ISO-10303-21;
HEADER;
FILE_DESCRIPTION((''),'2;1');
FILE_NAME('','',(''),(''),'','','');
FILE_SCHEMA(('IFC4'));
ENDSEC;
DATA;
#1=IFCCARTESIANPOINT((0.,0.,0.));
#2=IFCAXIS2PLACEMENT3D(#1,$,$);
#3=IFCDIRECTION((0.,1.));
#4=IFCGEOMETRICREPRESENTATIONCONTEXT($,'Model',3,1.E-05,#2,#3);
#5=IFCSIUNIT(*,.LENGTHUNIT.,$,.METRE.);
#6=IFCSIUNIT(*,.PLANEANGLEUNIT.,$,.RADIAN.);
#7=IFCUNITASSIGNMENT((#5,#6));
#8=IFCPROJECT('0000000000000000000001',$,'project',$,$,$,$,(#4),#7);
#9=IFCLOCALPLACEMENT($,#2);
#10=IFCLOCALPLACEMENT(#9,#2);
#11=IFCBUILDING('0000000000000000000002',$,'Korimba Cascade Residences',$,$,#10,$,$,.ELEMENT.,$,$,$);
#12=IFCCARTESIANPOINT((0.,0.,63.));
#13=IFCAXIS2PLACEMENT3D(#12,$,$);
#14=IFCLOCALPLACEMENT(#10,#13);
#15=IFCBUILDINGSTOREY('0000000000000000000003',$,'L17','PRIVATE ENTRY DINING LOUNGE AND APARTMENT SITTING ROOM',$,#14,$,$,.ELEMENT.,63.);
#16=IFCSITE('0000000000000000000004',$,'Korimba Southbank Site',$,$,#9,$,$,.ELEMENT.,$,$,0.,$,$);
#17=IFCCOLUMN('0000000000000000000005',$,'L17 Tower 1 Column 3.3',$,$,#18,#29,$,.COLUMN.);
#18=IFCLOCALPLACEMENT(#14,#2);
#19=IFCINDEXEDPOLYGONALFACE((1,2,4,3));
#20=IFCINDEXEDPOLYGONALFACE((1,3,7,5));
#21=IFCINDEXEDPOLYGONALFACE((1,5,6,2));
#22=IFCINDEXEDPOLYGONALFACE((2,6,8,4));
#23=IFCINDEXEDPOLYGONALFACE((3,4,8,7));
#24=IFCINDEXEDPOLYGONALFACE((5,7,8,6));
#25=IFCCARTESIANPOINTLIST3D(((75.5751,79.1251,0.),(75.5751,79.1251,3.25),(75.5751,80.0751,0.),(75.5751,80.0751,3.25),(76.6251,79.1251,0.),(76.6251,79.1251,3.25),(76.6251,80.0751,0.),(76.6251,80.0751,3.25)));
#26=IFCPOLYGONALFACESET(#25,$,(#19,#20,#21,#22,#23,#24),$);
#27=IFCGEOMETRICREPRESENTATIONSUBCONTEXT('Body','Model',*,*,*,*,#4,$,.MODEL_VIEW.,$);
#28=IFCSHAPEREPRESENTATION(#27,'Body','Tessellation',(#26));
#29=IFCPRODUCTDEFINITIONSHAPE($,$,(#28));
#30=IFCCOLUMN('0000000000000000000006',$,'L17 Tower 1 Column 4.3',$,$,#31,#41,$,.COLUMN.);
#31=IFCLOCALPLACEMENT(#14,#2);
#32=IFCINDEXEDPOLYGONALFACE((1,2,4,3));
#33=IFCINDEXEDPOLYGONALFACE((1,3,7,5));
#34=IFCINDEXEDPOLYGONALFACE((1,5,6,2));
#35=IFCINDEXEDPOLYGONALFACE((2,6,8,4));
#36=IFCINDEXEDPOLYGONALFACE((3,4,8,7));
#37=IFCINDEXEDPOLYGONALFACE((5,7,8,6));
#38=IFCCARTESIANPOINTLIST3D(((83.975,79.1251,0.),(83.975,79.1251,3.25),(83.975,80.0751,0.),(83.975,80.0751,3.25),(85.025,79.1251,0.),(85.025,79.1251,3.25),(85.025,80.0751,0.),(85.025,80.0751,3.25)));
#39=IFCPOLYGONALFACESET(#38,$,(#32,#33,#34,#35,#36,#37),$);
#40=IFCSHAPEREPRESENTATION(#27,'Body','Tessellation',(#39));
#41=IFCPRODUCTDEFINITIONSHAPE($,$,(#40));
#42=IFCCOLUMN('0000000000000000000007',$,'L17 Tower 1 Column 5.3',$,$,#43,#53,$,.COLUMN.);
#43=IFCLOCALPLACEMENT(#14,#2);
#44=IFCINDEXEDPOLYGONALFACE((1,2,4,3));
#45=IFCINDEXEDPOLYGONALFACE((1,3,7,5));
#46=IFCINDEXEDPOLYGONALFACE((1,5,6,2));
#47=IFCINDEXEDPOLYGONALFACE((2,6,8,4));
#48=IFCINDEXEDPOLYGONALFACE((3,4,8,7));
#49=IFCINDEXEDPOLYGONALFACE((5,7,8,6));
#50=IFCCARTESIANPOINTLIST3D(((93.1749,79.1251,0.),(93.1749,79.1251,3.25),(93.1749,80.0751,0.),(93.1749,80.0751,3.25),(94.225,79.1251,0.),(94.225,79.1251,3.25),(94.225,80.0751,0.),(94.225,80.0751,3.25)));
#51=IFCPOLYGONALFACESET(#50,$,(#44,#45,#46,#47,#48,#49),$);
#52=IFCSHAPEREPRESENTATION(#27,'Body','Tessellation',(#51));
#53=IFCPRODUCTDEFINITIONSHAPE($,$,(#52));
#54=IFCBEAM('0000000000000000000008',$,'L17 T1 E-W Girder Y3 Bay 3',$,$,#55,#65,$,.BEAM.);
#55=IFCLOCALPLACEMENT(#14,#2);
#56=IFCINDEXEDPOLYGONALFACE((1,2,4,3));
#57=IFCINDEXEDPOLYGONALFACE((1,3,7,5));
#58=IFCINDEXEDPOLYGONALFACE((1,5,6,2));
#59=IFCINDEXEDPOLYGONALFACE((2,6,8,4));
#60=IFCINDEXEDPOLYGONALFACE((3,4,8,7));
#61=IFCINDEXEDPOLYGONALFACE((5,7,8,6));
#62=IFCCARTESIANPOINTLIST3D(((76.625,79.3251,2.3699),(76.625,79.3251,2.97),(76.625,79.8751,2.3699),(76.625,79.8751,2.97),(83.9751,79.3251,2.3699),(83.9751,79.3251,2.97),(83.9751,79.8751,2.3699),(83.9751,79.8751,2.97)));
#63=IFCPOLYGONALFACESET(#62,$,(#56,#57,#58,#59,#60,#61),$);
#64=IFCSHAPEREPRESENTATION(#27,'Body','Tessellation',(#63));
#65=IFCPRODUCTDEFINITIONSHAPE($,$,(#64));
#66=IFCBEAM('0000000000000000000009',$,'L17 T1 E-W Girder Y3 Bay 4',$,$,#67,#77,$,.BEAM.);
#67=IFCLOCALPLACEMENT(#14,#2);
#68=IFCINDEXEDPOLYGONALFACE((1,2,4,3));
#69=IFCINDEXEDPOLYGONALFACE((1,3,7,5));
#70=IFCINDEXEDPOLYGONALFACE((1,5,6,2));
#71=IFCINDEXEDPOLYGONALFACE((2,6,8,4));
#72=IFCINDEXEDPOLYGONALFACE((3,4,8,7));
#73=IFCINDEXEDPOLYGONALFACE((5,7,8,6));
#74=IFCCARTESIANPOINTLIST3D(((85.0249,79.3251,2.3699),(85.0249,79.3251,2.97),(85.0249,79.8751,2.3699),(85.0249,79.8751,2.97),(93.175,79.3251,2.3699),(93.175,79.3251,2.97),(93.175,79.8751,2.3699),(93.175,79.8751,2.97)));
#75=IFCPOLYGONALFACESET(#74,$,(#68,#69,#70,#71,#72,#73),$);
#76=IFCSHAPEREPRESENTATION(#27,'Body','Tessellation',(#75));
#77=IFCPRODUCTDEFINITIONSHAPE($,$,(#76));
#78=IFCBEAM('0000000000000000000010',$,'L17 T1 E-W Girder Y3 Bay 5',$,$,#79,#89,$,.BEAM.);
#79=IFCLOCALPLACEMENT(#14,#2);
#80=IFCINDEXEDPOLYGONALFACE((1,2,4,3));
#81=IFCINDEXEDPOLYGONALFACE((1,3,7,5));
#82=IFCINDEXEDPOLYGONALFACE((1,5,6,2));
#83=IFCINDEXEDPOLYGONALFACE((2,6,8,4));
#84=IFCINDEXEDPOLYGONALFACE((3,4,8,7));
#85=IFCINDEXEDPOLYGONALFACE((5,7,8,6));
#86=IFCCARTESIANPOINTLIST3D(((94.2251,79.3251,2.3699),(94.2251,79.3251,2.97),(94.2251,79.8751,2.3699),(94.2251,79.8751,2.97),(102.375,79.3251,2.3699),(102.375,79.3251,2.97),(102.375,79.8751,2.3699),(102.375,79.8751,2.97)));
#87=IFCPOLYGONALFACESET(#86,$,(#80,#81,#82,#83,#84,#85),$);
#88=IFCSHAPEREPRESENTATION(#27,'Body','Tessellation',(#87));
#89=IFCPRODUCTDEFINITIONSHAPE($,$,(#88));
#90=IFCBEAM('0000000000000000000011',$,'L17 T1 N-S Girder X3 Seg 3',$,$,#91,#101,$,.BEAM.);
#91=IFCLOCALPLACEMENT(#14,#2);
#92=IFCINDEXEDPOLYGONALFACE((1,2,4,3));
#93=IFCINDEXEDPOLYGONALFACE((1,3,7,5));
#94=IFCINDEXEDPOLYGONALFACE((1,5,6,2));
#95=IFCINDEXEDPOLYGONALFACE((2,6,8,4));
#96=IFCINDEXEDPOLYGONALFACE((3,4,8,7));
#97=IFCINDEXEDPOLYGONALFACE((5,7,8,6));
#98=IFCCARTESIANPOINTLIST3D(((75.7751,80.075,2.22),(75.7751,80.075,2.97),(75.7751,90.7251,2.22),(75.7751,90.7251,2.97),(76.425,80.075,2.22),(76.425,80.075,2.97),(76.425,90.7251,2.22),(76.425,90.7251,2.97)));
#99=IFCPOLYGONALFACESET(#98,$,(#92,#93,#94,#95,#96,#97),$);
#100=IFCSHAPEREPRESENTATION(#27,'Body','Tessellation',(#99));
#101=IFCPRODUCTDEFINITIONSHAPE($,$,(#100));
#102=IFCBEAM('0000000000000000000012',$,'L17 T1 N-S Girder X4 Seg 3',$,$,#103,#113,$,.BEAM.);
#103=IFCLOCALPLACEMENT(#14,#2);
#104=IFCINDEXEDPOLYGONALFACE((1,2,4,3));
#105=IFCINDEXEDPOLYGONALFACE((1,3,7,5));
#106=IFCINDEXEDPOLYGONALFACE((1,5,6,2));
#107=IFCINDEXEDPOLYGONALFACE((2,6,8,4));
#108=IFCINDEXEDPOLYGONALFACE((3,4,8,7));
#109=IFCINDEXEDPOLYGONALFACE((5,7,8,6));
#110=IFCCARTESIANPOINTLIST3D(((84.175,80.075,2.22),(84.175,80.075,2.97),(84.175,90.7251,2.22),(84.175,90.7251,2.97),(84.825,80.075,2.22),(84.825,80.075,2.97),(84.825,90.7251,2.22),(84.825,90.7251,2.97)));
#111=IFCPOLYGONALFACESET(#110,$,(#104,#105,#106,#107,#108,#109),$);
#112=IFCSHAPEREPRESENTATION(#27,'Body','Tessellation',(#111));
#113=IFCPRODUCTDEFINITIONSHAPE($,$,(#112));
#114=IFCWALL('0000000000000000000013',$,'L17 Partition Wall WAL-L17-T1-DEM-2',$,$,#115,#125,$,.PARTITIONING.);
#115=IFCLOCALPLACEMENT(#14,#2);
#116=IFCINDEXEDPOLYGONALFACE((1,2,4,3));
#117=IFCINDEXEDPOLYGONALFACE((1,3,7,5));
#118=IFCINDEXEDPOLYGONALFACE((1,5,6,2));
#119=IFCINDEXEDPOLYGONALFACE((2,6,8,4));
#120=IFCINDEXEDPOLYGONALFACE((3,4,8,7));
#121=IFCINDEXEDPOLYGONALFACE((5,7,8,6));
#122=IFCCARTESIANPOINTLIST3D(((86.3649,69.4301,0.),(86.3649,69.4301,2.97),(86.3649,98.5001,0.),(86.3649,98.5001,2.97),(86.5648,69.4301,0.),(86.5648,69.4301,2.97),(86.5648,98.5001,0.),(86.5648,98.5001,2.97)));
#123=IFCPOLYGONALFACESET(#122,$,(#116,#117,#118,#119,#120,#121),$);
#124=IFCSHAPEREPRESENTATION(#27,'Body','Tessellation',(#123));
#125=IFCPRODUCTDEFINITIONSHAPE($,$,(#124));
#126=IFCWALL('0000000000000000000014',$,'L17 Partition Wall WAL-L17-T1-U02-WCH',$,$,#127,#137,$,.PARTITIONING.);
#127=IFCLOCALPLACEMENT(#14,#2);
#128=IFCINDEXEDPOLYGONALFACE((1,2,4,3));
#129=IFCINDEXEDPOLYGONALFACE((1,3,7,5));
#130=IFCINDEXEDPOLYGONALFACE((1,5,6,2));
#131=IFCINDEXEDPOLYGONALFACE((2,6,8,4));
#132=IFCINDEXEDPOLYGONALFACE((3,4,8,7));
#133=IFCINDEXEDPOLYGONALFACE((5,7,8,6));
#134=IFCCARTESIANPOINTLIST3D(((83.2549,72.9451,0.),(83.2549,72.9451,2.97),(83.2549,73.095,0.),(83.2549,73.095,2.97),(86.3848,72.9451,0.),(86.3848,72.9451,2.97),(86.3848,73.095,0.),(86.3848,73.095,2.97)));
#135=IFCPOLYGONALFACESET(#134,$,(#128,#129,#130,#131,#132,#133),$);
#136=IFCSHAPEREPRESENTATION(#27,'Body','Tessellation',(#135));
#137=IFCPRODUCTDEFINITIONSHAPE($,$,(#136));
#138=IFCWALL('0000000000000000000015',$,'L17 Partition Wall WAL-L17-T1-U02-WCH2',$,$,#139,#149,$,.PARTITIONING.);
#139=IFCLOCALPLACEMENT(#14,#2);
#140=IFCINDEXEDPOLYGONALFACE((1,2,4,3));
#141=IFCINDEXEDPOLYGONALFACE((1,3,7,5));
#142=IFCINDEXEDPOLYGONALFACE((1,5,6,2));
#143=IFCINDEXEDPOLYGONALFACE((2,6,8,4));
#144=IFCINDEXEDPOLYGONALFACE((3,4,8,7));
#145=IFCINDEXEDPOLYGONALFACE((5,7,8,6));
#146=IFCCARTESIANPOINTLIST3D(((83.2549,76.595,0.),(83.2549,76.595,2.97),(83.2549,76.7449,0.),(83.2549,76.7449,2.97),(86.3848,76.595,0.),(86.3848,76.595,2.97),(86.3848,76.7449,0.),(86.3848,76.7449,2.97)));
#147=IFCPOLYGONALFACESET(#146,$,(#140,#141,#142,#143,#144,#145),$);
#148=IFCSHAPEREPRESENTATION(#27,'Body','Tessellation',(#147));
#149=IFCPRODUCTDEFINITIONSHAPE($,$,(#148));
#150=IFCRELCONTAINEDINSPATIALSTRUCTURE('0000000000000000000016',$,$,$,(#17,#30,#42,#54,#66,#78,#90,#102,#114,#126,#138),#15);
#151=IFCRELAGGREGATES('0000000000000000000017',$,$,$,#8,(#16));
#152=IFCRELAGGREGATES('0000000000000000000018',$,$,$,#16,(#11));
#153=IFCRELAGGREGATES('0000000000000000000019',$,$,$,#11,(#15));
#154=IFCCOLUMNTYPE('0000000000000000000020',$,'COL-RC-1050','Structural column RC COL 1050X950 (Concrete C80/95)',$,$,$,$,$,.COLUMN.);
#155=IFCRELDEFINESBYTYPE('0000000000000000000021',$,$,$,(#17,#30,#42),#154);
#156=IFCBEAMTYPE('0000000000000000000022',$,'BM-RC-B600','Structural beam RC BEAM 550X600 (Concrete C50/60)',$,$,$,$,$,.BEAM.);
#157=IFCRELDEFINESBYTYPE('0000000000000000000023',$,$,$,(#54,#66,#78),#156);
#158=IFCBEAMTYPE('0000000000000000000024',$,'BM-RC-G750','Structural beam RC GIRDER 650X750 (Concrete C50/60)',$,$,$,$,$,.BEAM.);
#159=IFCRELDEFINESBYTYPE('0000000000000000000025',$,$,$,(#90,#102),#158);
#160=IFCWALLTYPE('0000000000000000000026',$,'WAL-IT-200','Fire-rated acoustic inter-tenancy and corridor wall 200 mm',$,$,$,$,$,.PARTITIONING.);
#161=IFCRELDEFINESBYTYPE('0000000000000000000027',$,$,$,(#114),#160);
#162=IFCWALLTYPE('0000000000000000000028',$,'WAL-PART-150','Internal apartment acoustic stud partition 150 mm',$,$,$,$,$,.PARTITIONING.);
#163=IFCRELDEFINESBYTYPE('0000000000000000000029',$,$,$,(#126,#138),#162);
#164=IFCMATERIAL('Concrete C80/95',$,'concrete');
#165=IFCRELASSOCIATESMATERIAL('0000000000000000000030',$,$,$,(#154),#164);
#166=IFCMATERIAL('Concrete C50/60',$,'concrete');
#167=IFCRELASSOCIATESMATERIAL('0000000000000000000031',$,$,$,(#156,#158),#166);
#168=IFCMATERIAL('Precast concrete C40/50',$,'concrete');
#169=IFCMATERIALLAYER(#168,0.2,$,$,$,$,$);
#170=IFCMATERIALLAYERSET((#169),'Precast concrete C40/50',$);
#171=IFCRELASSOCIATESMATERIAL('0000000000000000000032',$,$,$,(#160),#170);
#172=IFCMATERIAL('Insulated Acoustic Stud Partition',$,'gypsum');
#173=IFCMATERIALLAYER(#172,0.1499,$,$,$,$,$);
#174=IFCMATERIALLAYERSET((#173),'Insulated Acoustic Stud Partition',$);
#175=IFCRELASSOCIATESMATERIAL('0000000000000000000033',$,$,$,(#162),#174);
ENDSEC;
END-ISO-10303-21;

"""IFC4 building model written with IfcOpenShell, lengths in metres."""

from ifc_helpers import new_model, si_unit, direction, frame, frame_2d, origin, origin_2d, place, context, subcontext, project, spatial, rectangle, extrude, material, layer, layer_set, material_profile, profile_set, type_object, element, save


model = new_model("IFC4")

# Units and contexts
model_context = context("Model", 3, precision=1e-05, world=origin(), true_north=direction((0.0, 1.0)))
body_context = subcontext(model_context, "Body", "Model", "MODEL_VIEW")
ifc_project = project(units=[si_unit("LENGTHUNIT", "METRE"), si_unit("PLANEANGLEUNIT", "RADIAN")], contexts=[model_context])

# Site, building, storey
site_placement = place(None, origin())
site = spatial("IfcSite", under=ifc_project, at=site_placement, Name="Korimba Southbank Site", CompositionType="ELEMENT", RefElevation=0.0)
building_placement = place(site_placement, origin())
building = spatial("IfcBuilding", under=site, at=building_placement, Name="Korimba Cascade Residences", CompositionType="ELEMENT")
storey_placement = place(building_placement, frame((0.0, 0.0, 63.0)))
storey = spatial("IfcBuildingStorey", under=building, at=storey_placement, Name="L17", Description="PRIVATE ENTRY DINING LOUNGE AND APARTMENT SITTING ROOM", CompositionType="ELEMENT", Elevation=63.0)

# Columns
ifc_material_1 = material(Name="Concrete C80/95", Category="concrete")
ifc_material_profile_1 = material_profile(ifc_material_1, rectangle(XDim=1.05, YDim=0.95, at=origin_2d()), Name="Concrete C80/95")
ifc_profile_set_1 = profile_set([ifc_material_profile_1], Name="Concrete C80/95")
column_type = type_object("IfcColumnType", Name="COL-RC-1050", Description="Structural column RC COL 1050X950 (Concrete C80/95)", PredefinedType="COLUMN", material=ifc_profile_set_1)
for number, where, z_axis, x_axis, name in (
    (1, (76.1001, 79.6001, 0.0), (0.0, 0.0, 1.0), (1.0, 0.0, 0.0), "L17 Tower 1 Column 3.3"),
    (2, (84.5, 79.6001, 0.0), (0.0, 0.0, 1.0), (1.0, 0.0, 0.0), "L17 Tower 1 Column 4.3"),
    (3, (93.7, 79.6001, 0.0), (0.0, 0.0, 1.0), (1.0, 0.0, 0.0), "L17 Tower 1 Column 5.3"),
):
    element("IfcColumn", number, at=place(storey_placement, frame(where, z_axis=z_axis, x_axis=x_axis)), inside=storey, type_object=column_type, Name=name, PredefinedType="COLUMN", context=body_context, shape_type="SweptSolid", body=[
        extrude(rectangle(XDim=1.05, YDim=0.95, at=origin_2d()), origin(), (0.0, 0.0, 1.0), 3.25),
    ])

# Beams
ifc_material_2 = material(Name="Concrete C50/60", Category="concrete")
ifc_material_profile_2 = material_profile(ifc_material_2, rectangle(XDim=0.55, YDim=0.6001, at=origin_2d()), Name="Concrete C50/60")
ifc_profile_set_2 = profile_set([ifc_material_profile_2], Name="Concrete C50/60")
beam_type_1 = type_object("IfcBeamType", Name="BM-RC-B600", Description="Structural beam RC BEAM 550X600 (Concrete C50/60)", PredefinedType="BEAM", material=ifc_profile_set_2)
beam_1_placement = place(storey_placement, frame((76.625, 79.6001, 2.6699), z_axis=(1.0, 0.0, 0.0), x_axis=(0.0, 1.0, 0.0)))
element("IfcBeam", 4, at=beam_1_placement, inside=storey, type_object=beam_type_1, Name="L17 T1 E-W Girder Y3 Bay 3", PredefinedType="BEAM", context=body_context, shape_type="SweptSolid", body=[
    extrude(rectangle(XDim=0.55, YDim=0.6001, at=origin_2d()), origin(), (0.0, 0.0, 1.0), 7.3501),
])
beam_2_placement = place(storey_placement, frame((85.0249, 79.6001, 2.6699), z_axis=(1.0, 0.0, 0.0), x_axis=(0.0, 1.0, 0.0)))
element("IfcBeam", 5, at=beam_2_placement, inside=storey, type_object=beam_type_1, Name="L17 T1 E-W Girder Y3 Bay 4", PredefinedType="BEAM", context=body_context, shape_type="SweptSolid", body=[
    extrude(rectangle(XDim=0.55, YDim=0.6001, at=origin_2d()), origin(), (0.0, 0.0, 1.0), 8.1501),
])
beam_3_placement = place(storey_placement, frame((94.2251, 79.6001, 2.6699), z_axis=(1.0, 0.0, 0.0), x_axis=(0.0, 1.0, 0.0)))
element("IfcBeam", 6, at=beam_3_placement, inside=storey, type_object=beam_type_1, Name="L17 T1 E-W Girder Y3 Bay 5", PredefinedType="BEAM", context=body_context, shape_type="SweptSolid", body=[
    extrude(rectangle(XDim=0.55, YDim=0.6001, at=origin_2d()), origin(), (0.0, 0.0, 1.0), 8.1499),
])
ifc_material_profile_3 = material_profile(ifc_material_2, rectangle(XDim=0.6499, YDim=0.75, at=origin_2d()), Name="Concrete C50/60")
ifc_profile_set_3 = profile_set([ifc_material_profile_3], Name="Concrete C50/60")
beam_type_2 = type_object("IfcBeamType", Name="BM-RC-G750", Description="Structural beam RC GIRDER 650X750 (Concrete C50/60)", PredefinedType="BEAM", material=ifc_profile_set_3)
for number, where, z_axis, x_axis, name in (
    (7, (76.1001, 80.075, 2.595), (0.0, 1.0, 0.0), (-1.0, 0.0, 0.0), "L17 T1 N-S Girder X3 Seg 3"),
    (8, (84.5, 80.075, 2.595), (0.0, 1.0, 0.0), (-1.0, 0.0, 0.0), "L17 T1 N-S Girder X4 Seg 3"),
):
    element("IfcBeam", number, at=place(storey_placement, frame(where, z_axis=z_axis, x_axis=x_axis)), inside=storey, type_object=beam_type_2, Name=name, PredefinedType="BEAM", context=body_context, shape_type="SweptSolid", body=[
        extrude(rectangle(XDim=0.6499, YDim=0.75, at=origin_2d()), origin(), (0.0, 0.0, 1.0), 10.6501),
    ])

# Walls
ifc_material_3 = material(Name="Precast concrete C40/50", Category="concrete")
ifc_layer_1 = layer(ifc_material_3, 0.2)
ifc_layer_set_1 = layer_set([ifc_layer_1], Name="Precast concrete C40/50")
wall_type_1 = type_object("IfcWallType", Name="WAL-IT-200", Description="Fire-rated acoustic inter-tenancy and corridor wall 200 mm", PredefinedType="PARTITIONING", material=ifc_layer_set_1)
wall_1_placement = place(storey_placement, frame((86.4648, 69.4299, 0.0), z_axis=(0.0, 0.0, 1.0), x_axis=(0.0, 1.0, 0.0)))
element("IfcWall", 9, at=wall_1_placement, inside=storey, type_object=wall_type_1, Name="L17 Partition Wall WAL-L17-T1-DEM-2", PredefinedType="PARTITIONING", context=body_context, shape_type="SweptSolid", body=[
    extrude(rectangle(XDim=29.0701, YDim=0.2, at=frame_2d((14.5352, 0.0))), origin(), (0.0, 0.0, 1.0), 2.97),
])
ifc_material_4 = material(Name="Insulated Acoustic Stud Partition", Category="gypsum")
ifc_layer_2 = layer(ifc_material_4, 0.1499)
ifc_layer_set_2 = layer_set([ifc_layer_2], Name="Insulated Acoustic Stud Partition")
wall_type_2 = type_object("IfcWallType", Name="WAL-PART-150", Description="Internal apartment acoustic stud partition 150 mm", PredefinedType="PARTITIONING", material=ifc_layer_set_2)
for number, where, z_axis, x_axis, name in (
    (10, (83.2549, 73.02, 0.0), (0.0, 0.0, 1.0), (1.0, 0.0, 0.0), "L17 Partition Wall WAL-L17-T1-U02-WCH"),
    (11, (83.2549, 76.6699, 0.0), (0.0, 0.0, 1.0), (1.0, 0.0, 0.0), "L17 Partition Wall WAL-L17-T1-U02-WCH2"),
):
    element("IfcWall", number, at=place(storey_placement, frame(where, z_axis=z_axis, x_axis=x_axis)), inside=storey, type_object=wall_type_2, Name=name, PredefinedType="PARTITIONING", context=body_context, shape_type="SweptSolid", body=[
        extrude(rectangle(XDim=3.1299, YDim=0.1499, at=frame_2d((1.5649, 0.0))), origin(), (0.0, 0.0, 1.0), 2.97),
    ])

save(model, "model.ifc")
